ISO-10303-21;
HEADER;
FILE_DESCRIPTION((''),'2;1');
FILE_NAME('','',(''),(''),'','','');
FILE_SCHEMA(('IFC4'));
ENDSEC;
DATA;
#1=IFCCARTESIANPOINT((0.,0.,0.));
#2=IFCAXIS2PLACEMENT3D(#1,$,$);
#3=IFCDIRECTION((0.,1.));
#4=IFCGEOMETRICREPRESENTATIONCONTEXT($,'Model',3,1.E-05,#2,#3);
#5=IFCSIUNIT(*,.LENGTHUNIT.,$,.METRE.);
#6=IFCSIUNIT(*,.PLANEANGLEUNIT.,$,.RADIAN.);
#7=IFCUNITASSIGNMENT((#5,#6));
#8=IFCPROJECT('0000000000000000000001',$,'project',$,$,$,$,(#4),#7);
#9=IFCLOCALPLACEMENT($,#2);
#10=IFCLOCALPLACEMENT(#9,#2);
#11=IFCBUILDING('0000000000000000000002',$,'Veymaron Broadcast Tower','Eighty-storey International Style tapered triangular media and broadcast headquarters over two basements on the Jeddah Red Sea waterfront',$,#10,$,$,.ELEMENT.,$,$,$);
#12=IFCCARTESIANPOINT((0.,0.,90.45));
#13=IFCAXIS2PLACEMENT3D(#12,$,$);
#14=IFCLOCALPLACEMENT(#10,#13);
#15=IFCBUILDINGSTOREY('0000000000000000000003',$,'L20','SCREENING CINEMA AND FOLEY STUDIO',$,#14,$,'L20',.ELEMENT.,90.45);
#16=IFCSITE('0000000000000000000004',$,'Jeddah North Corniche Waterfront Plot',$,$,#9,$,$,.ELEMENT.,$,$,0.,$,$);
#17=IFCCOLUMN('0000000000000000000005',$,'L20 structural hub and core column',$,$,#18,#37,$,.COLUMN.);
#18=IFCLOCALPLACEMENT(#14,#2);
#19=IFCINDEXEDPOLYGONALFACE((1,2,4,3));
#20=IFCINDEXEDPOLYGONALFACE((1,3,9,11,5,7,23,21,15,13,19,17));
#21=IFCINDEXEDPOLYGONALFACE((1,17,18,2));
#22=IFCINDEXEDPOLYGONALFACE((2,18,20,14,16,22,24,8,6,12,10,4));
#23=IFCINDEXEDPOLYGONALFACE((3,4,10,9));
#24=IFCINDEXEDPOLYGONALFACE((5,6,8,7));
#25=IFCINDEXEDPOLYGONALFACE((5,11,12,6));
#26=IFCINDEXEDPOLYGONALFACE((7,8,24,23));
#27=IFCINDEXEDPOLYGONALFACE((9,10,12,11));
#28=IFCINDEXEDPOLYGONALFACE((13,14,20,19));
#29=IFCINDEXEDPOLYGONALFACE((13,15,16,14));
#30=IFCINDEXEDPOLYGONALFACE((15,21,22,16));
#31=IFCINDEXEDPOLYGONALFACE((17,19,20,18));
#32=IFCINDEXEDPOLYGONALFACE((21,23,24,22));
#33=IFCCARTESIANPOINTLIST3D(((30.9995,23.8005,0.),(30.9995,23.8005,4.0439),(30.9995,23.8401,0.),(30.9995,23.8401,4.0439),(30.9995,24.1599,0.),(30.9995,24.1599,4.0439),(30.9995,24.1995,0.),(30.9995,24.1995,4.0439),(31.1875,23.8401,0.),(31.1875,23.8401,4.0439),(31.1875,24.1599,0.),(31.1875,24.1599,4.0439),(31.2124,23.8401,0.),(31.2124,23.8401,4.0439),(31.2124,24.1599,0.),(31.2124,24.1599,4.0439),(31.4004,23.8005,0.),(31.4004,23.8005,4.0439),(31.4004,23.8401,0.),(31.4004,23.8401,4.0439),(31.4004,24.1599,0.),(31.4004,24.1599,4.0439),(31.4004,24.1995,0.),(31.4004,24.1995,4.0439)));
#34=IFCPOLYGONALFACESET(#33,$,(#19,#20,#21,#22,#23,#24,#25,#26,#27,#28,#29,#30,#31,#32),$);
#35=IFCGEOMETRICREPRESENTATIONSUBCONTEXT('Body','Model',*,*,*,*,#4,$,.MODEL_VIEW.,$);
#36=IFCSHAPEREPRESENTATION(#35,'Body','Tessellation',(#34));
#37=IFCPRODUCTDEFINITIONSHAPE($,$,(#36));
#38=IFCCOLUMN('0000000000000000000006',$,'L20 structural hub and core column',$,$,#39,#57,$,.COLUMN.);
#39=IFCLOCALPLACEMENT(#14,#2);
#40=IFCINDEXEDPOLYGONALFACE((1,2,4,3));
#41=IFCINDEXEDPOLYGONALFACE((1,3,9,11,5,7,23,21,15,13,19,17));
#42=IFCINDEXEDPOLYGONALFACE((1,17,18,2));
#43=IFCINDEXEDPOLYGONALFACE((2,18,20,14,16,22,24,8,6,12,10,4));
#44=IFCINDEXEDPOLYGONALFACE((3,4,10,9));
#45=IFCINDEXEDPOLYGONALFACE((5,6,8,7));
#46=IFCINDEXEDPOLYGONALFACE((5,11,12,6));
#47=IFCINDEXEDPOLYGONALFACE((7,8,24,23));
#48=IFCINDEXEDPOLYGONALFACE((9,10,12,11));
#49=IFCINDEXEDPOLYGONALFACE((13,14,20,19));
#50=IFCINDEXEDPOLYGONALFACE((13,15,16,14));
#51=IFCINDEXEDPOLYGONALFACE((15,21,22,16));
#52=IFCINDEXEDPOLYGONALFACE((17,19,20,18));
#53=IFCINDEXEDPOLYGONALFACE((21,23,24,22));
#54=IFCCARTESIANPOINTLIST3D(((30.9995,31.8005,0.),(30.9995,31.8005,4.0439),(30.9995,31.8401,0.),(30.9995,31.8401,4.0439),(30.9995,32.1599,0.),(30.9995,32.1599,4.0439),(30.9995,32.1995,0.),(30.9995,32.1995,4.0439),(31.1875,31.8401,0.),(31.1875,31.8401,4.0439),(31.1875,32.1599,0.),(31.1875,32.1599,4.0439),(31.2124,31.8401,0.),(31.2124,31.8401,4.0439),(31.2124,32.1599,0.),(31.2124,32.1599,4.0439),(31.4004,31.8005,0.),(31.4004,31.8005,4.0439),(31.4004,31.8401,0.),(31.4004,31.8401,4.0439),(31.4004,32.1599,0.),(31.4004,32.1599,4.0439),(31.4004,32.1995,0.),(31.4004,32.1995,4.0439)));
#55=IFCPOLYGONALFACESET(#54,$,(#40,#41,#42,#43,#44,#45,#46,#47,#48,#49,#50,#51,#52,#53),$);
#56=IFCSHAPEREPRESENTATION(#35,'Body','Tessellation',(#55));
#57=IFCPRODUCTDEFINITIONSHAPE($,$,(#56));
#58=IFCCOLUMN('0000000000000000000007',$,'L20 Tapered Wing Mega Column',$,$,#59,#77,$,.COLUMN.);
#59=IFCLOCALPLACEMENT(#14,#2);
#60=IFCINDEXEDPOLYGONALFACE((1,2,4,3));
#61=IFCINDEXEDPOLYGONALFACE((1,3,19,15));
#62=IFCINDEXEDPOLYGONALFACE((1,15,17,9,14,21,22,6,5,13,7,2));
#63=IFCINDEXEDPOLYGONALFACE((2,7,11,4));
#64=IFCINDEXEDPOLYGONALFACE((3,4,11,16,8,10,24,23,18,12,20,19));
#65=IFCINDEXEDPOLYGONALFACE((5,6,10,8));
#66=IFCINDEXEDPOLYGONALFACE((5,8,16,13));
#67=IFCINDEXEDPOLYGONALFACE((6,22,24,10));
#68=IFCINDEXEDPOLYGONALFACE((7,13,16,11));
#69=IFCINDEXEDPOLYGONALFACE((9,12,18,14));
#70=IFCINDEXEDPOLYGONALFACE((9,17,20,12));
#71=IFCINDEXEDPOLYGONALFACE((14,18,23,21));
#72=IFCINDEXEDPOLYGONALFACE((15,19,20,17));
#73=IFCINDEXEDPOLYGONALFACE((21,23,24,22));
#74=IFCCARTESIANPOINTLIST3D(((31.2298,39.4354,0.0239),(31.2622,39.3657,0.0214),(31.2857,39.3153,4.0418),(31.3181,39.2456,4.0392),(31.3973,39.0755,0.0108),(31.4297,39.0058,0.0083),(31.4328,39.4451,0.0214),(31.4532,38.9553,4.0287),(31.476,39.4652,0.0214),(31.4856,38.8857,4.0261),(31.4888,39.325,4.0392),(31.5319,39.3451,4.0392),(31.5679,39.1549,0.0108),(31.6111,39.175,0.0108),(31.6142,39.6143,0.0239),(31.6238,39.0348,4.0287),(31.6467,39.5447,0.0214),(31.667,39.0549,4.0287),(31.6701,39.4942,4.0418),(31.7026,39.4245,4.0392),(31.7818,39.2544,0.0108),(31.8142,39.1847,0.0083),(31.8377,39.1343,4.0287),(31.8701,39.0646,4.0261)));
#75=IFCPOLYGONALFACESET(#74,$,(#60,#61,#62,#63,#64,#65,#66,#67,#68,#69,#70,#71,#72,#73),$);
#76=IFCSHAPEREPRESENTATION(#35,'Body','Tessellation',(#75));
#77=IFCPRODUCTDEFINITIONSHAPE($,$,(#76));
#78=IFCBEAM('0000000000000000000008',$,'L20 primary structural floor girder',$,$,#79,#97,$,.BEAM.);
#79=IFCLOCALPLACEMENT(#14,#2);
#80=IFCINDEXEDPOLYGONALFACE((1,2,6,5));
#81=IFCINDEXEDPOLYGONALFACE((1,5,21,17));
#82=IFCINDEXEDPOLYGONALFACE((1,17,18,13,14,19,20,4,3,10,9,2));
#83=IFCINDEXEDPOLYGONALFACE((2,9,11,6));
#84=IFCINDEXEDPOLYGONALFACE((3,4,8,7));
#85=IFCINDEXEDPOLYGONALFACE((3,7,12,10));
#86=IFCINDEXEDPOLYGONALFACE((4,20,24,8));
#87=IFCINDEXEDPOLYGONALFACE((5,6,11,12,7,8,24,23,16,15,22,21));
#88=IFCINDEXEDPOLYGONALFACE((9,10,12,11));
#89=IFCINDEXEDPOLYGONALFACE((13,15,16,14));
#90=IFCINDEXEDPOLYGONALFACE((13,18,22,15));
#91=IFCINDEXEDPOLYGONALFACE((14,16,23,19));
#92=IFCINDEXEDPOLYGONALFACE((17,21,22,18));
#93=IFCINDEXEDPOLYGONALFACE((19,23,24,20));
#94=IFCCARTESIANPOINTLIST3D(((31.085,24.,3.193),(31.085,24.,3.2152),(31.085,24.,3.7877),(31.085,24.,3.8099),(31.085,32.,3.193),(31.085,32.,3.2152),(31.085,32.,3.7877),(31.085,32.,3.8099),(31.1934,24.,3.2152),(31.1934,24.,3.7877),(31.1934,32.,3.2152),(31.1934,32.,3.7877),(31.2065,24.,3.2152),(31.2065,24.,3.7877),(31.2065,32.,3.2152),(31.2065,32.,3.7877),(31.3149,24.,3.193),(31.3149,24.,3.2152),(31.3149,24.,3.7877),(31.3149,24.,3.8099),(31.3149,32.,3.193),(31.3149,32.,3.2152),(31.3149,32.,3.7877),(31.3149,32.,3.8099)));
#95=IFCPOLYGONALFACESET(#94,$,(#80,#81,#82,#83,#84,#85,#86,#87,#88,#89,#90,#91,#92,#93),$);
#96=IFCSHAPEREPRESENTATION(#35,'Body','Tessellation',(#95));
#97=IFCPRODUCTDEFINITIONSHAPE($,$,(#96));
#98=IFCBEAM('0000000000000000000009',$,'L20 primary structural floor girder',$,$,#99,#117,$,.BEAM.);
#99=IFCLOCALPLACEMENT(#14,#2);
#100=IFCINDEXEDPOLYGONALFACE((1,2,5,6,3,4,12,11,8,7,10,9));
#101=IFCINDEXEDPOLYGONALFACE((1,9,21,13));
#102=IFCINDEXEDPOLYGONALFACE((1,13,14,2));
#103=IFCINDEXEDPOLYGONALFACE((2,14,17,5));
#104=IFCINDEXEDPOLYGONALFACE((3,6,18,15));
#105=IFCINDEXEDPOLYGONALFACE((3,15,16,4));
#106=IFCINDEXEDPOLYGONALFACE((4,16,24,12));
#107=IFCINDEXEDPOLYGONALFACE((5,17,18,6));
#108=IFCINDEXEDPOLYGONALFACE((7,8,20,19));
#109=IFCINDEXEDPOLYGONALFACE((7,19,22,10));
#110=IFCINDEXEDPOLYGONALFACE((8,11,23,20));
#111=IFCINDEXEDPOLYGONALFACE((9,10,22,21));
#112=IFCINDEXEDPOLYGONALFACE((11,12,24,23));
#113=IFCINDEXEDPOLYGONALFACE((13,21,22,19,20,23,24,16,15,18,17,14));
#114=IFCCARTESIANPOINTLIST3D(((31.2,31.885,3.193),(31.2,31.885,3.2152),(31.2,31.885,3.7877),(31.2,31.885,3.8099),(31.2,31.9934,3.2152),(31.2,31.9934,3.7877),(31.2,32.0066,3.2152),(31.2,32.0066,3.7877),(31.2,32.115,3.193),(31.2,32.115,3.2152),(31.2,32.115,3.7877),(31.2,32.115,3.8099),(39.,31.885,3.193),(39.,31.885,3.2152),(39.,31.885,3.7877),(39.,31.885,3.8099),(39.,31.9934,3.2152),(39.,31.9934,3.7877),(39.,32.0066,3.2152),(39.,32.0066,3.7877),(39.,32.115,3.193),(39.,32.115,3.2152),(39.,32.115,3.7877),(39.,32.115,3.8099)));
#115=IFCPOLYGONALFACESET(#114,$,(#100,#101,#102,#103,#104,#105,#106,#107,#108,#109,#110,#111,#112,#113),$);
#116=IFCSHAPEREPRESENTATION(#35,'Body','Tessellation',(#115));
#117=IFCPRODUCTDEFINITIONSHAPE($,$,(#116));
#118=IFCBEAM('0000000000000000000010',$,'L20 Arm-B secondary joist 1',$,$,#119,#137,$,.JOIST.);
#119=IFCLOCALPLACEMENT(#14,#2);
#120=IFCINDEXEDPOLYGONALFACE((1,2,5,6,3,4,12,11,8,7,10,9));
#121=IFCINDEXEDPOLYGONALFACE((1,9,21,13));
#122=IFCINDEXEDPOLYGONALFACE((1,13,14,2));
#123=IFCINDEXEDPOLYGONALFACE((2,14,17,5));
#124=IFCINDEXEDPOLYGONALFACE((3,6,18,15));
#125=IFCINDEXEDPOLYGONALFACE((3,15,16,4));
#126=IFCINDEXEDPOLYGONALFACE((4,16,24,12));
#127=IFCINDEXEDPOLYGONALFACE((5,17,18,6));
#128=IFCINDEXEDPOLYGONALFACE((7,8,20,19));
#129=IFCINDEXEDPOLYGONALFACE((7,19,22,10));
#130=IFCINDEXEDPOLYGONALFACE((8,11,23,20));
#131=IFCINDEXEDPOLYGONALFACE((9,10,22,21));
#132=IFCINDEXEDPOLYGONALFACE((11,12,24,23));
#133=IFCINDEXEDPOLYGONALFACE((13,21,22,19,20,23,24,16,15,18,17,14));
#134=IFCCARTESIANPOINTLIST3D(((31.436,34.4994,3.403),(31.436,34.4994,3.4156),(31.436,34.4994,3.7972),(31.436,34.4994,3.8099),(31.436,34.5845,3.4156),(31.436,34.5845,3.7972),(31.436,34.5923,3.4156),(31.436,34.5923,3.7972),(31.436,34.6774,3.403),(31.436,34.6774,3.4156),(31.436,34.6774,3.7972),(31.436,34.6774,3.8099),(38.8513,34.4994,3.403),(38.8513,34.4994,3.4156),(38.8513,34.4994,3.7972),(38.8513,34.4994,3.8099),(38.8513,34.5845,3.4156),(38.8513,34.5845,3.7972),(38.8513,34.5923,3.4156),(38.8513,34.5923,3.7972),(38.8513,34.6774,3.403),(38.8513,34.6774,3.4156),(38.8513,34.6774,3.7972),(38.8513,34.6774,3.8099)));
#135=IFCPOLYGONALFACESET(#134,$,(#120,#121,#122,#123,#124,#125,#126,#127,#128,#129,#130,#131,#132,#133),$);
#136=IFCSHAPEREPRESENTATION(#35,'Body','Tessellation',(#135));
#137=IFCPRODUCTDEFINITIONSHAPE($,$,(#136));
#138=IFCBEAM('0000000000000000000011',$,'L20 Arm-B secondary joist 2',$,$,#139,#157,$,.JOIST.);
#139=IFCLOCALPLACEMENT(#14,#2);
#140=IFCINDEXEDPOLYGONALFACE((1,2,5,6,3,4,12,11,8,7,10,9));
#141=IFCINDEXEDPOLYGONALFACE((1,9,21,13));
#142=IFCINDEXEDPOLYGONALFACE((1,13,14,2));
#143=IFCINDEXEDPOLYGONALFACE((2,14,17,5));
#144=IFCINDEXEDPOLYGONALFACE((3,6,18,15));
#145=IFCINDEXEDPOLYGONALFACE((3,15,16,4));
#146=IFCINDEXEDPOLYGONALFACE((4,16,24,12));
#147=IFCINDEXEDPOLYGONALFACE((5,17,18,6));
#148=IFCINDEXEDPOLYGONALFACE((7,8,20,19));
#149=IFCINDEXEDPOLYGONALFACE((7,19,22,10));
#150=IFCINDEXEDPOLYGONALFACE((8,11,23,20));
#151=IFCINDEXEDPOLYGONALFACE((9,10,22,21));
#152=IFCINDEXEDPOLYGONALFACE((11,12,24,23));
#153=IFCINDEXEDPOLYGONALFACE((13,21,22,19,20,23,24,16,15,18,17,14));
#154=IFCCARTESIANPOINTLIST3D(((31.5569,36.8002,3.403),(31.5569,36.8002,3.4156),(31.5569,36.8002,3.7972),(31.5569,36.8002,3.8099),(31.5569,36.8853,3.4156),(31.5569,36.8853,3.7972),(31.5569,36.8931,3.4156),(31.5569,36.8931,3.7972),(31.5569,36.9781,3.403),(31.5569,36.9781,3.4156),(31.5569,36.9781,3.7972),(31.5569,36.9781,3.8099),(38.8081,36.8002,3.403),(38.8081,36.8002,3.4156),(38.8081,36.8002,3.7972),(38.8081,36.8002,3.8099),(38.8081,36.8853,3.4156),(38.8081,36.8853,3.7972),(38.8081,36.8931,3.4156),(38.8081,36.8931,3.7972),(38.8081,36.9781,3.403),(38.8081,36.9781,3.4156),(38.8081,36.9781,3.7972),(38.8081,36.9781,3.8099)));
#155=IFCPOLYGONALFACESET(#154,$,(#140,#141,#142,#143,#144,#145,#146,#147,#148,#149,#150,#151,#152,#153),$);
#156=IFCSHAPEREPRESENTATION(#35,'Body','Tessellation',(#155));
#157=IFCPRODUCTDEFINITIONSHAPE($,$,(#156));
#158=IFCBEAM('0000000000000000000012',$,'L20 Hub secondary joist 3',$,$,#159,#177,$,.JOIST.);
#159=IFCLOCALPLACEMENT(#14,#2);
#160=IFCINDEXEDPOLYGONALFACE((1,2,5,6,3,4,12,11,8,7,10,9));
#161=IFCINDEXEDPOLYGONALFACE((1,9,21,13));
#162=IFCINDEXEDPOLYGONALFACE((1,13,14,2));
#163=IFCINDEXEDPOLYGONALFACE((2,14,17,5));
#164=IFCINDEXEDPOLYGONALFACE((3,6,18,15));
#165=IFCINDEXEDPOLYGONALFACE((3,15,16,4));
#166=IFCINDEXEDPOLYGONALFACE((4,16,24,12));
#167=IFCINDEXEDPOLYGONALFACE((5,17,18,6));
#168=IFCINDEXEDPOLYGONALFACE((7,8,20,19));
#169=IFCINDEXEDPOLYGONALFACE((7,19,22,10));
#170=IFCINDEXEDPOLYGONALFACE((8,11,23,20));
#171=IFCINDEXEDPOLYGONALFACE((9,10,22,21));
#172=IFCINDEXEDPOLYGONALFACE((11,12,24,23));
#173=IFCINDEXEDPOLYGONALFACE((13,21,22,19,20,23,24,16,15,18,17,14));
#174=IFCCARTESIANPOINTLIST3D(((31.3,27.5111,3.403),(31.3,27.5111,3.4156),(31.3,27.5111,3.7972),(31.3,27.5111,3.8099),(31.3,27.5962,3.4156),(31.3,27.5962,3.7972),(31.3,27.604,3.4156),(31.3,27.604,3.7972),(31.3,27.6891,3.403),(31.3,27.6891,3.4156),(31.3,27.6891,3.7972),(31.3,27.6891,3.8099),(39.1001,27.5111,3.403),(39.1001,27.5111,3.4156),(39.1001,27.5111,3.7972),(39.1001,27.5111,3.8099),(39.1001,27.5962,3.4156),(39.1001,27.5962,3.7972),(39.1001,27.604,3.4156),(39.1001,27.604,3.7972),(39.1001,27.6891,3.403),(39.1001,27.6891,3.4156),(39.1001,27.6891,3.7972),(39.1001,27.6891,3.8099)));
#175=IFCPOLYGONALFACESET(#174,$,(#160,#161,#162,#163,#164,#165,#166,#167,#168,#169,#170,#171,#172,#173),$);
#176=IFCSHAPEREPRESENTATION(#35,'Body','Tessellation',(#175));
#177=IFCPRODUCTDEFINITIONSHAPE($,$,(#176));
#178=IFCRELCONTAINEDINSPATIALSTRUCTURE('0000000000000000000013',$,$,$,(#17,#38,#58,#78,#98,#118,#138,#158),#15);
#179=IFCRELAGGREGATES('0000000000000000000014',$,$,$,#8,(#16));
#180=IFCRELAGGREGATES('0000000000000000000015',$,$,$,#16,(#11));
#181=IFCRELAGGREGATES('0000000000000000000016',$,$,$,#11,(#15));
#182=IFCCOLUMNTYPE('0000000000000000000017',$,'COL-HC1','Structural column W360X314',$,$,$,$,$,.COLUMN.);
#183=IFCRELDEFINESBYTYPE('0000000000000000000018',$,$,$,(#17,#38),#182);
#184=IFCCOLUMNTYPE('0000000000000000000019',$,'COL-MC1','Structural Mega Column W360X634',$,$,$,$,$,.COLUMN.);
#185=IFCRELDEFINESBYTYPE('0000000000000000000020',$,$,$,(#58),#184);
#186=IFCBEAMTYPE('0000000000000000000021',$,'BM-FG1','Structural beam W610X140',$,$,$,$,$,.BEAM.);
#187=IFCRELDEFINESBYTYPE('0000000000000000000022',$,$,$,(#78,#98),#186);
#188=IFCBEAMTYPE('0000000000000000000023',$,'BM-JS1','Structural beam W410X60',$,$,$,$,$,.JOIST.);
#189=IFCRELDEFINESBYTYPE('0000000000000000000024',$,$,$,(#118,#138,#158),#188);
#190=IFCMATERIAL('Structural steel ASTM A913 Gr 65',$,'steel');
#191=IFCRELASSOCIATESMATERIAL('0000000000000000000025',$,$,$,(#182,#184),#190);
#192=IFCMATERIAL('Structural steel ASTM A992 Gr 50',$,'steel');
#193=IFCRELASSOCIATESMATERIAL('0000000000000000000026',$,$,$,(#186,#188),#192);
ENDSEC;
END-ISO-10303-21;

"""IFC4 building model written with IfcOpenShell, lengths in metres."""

from ifc_helpers import new_model, si_unit, direction, frame, origin, origin_2d, place, context, subcontext, project, spatial, i_section, extrude, material, material_profile, profile_set, type_object, element, save


model = new_model("IFC4")

# Units and contexts
model_context = context("Model", 3, precision=1e-05, world=origin(), true_north=direction((0.0, 1.0)))
body_context = subcontext(model_context, "Body", "Model", "MODEL_VIEW")
ifc_project = project(units=[si_unit("LENGTHUNIT", "METRE"), si_unit("PLANEANGLEUNIT", "RADIAN")], contexts=[model_context])

# Site, building, storey
site_placement = place(None, origin())
site = spatial("IfcSite", under=ifc_project, at=site_placement, Name="Jeddah North Corniche Waterfront Plot", CompositionType="ELEMENT", RefElevation=0.0)
building_placement = place(site_placement, origin())
building = spatial("IfcBuilding", under=site, at=building_placement, Name="Veymaron Broadcast Tower", Description="Eighty-storey International Style tapered triangular media and broadcast headquarters over two basements on the Jeddah Red Sea waterfront", CompositionType="ELEMENT")
storey_placement = place(building_placement, frame((0.0, 0.0, 90.45)))
storey = spatial("IfcBuildingStorey", under=building, at=storey_placement, Name="L20", Description="SCREENING CINEMA AND FOLEY STUDIO", LongName="L20", CompositionType="ELEMENT", Elevation=90.45)

# Columns
ifc_material_1 = material(Name="Structural steel ASTM A913 Gr 65", Category="steel")
ifc_material_profile_1 = material_profile(ifc_material_1, i_section(OverallWidth=0.4009, OverallDepth=0.3989, WebThickness=0.0249, FlangeThickness=0.0396, at=origin_2d()), Name="W360X314")
ifc_profile_set_1 = profile_set([ifc_material_profile_1], Name="Structural steel ASTM A913 Gr 65")
column_type_1 = type_object("IfcColumnType", Name="COL-HC1", Description="Structural column W360X314", PredefinedType="COLUMN", material=ifc_profile_set_1)
for number, where, z_axis, x_axis, name in (
    (1, (31.2, 24.0, 0.0), (0.0, 0.0, 1.0), (1.0, 0.0, 0.0), "L20 structural hub and core column"),
    (2, (31.2, 32.0, 0.0), (0.0, 0.0, 1.0), (1.0, 0.0, 0.0), "L20 structural hub and core column"),
):
    element("IfcColumn", number, at=place(storey_placement, frame(where, z_axis=z_axis, x_axis=x_axis)), inside=storey, type_object=column_type_1, Name=name, PredefinedType="COLUMN", context=body_context, shape_type="SweptSolid", body=[
        extrude(i_section(OverallWidth=0.4009, OverallDepth=0.3989, WebThickness=0.0249, FlangeThickness=0.0396, at=origin_2d()), origin(), (0.0, 0.0, 1.0), 4.0439),
    ])
ifc_material_profile_2 = material_profile(ifc_material_1, i_section(OverallWidth=0.4241, OverallDepth=0.4741, WebThickness=0.0476, FlangeThickness=0.0769, at=origin_2d()), Name="W360X634")
ifc_profile_set_2 = profile_set([ifc_material_profile_2], Name="Structural steel ASTM A913 Gr 65")
column_type_2 = type_object("IfcColumnType", Name="COL-MC1", Description="Structural Mega Column W360X634", PredefinedType="COLUMN", material=ifc_profile_set_2)
column_placement = place(storey_placement, frame((31.522, 39.3101, 0.0161), z_axis=(0.013907, -0.02988, 0.999457), x_axis=(0.906606, 0.421977, 0.0)))
element("IfcColumn", 3, at=column_placement, inside=storey, type_object=column_type_2, Name="L20 Tapered Wing Mega Column", PredefinedType="COLUMN", context=body_context, shape_type="SweptSolid", body=[
    extrude(i_section(OverallWidth=0.4241, OverallDepth=0.4741, WebThickness=0.0476, FlangeThickness=0.0769, at=origin_2d()), origin(), (0.0, 0.0, 1.0), 4.02),
])

# Beams
ifc_material_2 = material(Name="Structural steel ASTM A992 Gr 50", Category="steel")
ifc_material_profile_3 = material_profile(ifc_material_2, i_section(OverallWidth=0.23, OverallDepth=0.6169, WebThickness=0.0132, FlangeThickness=0.0222, at=origin_2d()), Name="W610X140")
ifc_profile_set_3 = profile_set([ifc_material_profile_3], Name="Structural steel ASTM A992 Gr 50")
beam_type_1 = type_object("IfcBeamType", Name="BM-FG1", Description="Structural beam W610X140", PredefinedType="BEAM", material=ifc_profile_set_3)
beam_1_placement = place(storey_placement, frame((31.2, 24.0, 3.5015), z_axis=(0.0, 1.0, 0.0), x_axis=(-1.0, 0.0, 0.0)))
element("IfcBeam", 4, at=beam_1_placement, inside=storey, type_object=beam_type_1, Name="L20 primary structural floor girder", PredefinedType="BEAM", context=body_context, shape_type="SweptSolid", body=[
    extrude(i_section(OverallWidth=0.23, OverallDepth=0.6169, WebThickness=0.0132, FlangeThickness=0.0222, at=origin_2d()), origin(), (0.0, 0.0, 1.0), 8.0),
])
beam_2_placement = place(storey_placement, frame((31.2, 32.0, 3.5015), z_axis=(1.0, 0.0, 0.0), x_axis=(0.0, 1.0, 0.0)))
element("IfcBeam", 5, at=beam_2_placement, inside=storey, type_object=beam_type_1, Name="L20 primary structural floor girder", PredefinedType="BEAM", context=body_context, shape_type="SweptSolid", body=[
    extrude(i_section(OverallWidth=0.23, OverallDepth=0.6169, WebThickness=0.0132, FlangeThickness=0.0222, at=origin_2d()), origin(), (0.0, 0.0, 1.0), 7.8),
])
ifc_material_profile_4 = material_profile(ifc_material_2, i_section(OverallWidth=0.178, OverallDepth=0.407, WebThickness=0.0078, FlangeThickness=0.0127, at=origin_2d()), Name="W410X60")
ifc_profile_set_4 = profile_set([ifc_material_profile_4], Name="Structural steel ASTM A992 Gr 50")
beam_type_2 = type_object("IfcBeamType", Name="BM-JS1", Description="Structural beam W410X60", PredefinedType="JOIST", material=ifc_profile_set_4)
beam_3_placement = place(storey_placement, frame((31.436, 34.5884, 3.6064), z_axis=(1.0, 0.0, 0.0), x_axis=(0.0, 1.0, 0.0)))
element("IfcBeam", 6, at=beam_3_placement, inside=storey, type_object=beam_type_2, Name="L20 Arm-B secondary joist 1", PredefinedType="JOIST", context=body_context, shape_type="SweptSolid", body=[
    extrude(i_section(OverallWidth=0.178, OverallDepth=0.407, WebThickness=0.0078, FlangeThickness=0.0127, at=origin_2d()), origin(), (0.0, 0.0, 1.0), 7.4153),
])
beam_4_placement = place(storey_placement, frame((31.5569, 36.8892, 3.6064), z_axis=(1.0, 0.0, 0.0), x_axis=(0.0, 1.0, 0.0)))
element("IfcBeam", 7, at=beam_4_placement, inside=storey, type_object=beam_type_2, Name="L20 Arm-B secondary joist 2", PredefinedType="JOIST", context=body_context, shape_type="SweptSolid", body=[
    extrude(i_section(OverallWidth=0.178, OverallDepth=0.407, WebThickness=0.0078, FlangeThickness=0.0127, at=origin_2d()), origin(), (0.0, 0.0, 1.0), 7.2512),
])
for number, where, z_axis, x_axis, name in (
    (8, (31.3, 27.6001, 3.6064), (1.0, 0.0, 0.0), (0.0, 1.0, 0.0), "L20 Hub secondary joist 3"),
):
    element("IfcBeam", number, at=place(storey_placement, frame(where, z_axis=z_axis, x_axis=x_axis)), inside=storey, type_object=beam_type_2, Name=name, PredefinedType="JOIST", context=body_context, shape_type="SweptSolid", body=[
        extrude(i_section(OverallWidth=0.178, OverallDepth=0.407, WebThickness=0.0078, FlangeThickness=0.0127, at=origin_2d()), origin(), (0.0, 0.0, 1.0), 7.8),
    ])

save(model, "model.ifc")
